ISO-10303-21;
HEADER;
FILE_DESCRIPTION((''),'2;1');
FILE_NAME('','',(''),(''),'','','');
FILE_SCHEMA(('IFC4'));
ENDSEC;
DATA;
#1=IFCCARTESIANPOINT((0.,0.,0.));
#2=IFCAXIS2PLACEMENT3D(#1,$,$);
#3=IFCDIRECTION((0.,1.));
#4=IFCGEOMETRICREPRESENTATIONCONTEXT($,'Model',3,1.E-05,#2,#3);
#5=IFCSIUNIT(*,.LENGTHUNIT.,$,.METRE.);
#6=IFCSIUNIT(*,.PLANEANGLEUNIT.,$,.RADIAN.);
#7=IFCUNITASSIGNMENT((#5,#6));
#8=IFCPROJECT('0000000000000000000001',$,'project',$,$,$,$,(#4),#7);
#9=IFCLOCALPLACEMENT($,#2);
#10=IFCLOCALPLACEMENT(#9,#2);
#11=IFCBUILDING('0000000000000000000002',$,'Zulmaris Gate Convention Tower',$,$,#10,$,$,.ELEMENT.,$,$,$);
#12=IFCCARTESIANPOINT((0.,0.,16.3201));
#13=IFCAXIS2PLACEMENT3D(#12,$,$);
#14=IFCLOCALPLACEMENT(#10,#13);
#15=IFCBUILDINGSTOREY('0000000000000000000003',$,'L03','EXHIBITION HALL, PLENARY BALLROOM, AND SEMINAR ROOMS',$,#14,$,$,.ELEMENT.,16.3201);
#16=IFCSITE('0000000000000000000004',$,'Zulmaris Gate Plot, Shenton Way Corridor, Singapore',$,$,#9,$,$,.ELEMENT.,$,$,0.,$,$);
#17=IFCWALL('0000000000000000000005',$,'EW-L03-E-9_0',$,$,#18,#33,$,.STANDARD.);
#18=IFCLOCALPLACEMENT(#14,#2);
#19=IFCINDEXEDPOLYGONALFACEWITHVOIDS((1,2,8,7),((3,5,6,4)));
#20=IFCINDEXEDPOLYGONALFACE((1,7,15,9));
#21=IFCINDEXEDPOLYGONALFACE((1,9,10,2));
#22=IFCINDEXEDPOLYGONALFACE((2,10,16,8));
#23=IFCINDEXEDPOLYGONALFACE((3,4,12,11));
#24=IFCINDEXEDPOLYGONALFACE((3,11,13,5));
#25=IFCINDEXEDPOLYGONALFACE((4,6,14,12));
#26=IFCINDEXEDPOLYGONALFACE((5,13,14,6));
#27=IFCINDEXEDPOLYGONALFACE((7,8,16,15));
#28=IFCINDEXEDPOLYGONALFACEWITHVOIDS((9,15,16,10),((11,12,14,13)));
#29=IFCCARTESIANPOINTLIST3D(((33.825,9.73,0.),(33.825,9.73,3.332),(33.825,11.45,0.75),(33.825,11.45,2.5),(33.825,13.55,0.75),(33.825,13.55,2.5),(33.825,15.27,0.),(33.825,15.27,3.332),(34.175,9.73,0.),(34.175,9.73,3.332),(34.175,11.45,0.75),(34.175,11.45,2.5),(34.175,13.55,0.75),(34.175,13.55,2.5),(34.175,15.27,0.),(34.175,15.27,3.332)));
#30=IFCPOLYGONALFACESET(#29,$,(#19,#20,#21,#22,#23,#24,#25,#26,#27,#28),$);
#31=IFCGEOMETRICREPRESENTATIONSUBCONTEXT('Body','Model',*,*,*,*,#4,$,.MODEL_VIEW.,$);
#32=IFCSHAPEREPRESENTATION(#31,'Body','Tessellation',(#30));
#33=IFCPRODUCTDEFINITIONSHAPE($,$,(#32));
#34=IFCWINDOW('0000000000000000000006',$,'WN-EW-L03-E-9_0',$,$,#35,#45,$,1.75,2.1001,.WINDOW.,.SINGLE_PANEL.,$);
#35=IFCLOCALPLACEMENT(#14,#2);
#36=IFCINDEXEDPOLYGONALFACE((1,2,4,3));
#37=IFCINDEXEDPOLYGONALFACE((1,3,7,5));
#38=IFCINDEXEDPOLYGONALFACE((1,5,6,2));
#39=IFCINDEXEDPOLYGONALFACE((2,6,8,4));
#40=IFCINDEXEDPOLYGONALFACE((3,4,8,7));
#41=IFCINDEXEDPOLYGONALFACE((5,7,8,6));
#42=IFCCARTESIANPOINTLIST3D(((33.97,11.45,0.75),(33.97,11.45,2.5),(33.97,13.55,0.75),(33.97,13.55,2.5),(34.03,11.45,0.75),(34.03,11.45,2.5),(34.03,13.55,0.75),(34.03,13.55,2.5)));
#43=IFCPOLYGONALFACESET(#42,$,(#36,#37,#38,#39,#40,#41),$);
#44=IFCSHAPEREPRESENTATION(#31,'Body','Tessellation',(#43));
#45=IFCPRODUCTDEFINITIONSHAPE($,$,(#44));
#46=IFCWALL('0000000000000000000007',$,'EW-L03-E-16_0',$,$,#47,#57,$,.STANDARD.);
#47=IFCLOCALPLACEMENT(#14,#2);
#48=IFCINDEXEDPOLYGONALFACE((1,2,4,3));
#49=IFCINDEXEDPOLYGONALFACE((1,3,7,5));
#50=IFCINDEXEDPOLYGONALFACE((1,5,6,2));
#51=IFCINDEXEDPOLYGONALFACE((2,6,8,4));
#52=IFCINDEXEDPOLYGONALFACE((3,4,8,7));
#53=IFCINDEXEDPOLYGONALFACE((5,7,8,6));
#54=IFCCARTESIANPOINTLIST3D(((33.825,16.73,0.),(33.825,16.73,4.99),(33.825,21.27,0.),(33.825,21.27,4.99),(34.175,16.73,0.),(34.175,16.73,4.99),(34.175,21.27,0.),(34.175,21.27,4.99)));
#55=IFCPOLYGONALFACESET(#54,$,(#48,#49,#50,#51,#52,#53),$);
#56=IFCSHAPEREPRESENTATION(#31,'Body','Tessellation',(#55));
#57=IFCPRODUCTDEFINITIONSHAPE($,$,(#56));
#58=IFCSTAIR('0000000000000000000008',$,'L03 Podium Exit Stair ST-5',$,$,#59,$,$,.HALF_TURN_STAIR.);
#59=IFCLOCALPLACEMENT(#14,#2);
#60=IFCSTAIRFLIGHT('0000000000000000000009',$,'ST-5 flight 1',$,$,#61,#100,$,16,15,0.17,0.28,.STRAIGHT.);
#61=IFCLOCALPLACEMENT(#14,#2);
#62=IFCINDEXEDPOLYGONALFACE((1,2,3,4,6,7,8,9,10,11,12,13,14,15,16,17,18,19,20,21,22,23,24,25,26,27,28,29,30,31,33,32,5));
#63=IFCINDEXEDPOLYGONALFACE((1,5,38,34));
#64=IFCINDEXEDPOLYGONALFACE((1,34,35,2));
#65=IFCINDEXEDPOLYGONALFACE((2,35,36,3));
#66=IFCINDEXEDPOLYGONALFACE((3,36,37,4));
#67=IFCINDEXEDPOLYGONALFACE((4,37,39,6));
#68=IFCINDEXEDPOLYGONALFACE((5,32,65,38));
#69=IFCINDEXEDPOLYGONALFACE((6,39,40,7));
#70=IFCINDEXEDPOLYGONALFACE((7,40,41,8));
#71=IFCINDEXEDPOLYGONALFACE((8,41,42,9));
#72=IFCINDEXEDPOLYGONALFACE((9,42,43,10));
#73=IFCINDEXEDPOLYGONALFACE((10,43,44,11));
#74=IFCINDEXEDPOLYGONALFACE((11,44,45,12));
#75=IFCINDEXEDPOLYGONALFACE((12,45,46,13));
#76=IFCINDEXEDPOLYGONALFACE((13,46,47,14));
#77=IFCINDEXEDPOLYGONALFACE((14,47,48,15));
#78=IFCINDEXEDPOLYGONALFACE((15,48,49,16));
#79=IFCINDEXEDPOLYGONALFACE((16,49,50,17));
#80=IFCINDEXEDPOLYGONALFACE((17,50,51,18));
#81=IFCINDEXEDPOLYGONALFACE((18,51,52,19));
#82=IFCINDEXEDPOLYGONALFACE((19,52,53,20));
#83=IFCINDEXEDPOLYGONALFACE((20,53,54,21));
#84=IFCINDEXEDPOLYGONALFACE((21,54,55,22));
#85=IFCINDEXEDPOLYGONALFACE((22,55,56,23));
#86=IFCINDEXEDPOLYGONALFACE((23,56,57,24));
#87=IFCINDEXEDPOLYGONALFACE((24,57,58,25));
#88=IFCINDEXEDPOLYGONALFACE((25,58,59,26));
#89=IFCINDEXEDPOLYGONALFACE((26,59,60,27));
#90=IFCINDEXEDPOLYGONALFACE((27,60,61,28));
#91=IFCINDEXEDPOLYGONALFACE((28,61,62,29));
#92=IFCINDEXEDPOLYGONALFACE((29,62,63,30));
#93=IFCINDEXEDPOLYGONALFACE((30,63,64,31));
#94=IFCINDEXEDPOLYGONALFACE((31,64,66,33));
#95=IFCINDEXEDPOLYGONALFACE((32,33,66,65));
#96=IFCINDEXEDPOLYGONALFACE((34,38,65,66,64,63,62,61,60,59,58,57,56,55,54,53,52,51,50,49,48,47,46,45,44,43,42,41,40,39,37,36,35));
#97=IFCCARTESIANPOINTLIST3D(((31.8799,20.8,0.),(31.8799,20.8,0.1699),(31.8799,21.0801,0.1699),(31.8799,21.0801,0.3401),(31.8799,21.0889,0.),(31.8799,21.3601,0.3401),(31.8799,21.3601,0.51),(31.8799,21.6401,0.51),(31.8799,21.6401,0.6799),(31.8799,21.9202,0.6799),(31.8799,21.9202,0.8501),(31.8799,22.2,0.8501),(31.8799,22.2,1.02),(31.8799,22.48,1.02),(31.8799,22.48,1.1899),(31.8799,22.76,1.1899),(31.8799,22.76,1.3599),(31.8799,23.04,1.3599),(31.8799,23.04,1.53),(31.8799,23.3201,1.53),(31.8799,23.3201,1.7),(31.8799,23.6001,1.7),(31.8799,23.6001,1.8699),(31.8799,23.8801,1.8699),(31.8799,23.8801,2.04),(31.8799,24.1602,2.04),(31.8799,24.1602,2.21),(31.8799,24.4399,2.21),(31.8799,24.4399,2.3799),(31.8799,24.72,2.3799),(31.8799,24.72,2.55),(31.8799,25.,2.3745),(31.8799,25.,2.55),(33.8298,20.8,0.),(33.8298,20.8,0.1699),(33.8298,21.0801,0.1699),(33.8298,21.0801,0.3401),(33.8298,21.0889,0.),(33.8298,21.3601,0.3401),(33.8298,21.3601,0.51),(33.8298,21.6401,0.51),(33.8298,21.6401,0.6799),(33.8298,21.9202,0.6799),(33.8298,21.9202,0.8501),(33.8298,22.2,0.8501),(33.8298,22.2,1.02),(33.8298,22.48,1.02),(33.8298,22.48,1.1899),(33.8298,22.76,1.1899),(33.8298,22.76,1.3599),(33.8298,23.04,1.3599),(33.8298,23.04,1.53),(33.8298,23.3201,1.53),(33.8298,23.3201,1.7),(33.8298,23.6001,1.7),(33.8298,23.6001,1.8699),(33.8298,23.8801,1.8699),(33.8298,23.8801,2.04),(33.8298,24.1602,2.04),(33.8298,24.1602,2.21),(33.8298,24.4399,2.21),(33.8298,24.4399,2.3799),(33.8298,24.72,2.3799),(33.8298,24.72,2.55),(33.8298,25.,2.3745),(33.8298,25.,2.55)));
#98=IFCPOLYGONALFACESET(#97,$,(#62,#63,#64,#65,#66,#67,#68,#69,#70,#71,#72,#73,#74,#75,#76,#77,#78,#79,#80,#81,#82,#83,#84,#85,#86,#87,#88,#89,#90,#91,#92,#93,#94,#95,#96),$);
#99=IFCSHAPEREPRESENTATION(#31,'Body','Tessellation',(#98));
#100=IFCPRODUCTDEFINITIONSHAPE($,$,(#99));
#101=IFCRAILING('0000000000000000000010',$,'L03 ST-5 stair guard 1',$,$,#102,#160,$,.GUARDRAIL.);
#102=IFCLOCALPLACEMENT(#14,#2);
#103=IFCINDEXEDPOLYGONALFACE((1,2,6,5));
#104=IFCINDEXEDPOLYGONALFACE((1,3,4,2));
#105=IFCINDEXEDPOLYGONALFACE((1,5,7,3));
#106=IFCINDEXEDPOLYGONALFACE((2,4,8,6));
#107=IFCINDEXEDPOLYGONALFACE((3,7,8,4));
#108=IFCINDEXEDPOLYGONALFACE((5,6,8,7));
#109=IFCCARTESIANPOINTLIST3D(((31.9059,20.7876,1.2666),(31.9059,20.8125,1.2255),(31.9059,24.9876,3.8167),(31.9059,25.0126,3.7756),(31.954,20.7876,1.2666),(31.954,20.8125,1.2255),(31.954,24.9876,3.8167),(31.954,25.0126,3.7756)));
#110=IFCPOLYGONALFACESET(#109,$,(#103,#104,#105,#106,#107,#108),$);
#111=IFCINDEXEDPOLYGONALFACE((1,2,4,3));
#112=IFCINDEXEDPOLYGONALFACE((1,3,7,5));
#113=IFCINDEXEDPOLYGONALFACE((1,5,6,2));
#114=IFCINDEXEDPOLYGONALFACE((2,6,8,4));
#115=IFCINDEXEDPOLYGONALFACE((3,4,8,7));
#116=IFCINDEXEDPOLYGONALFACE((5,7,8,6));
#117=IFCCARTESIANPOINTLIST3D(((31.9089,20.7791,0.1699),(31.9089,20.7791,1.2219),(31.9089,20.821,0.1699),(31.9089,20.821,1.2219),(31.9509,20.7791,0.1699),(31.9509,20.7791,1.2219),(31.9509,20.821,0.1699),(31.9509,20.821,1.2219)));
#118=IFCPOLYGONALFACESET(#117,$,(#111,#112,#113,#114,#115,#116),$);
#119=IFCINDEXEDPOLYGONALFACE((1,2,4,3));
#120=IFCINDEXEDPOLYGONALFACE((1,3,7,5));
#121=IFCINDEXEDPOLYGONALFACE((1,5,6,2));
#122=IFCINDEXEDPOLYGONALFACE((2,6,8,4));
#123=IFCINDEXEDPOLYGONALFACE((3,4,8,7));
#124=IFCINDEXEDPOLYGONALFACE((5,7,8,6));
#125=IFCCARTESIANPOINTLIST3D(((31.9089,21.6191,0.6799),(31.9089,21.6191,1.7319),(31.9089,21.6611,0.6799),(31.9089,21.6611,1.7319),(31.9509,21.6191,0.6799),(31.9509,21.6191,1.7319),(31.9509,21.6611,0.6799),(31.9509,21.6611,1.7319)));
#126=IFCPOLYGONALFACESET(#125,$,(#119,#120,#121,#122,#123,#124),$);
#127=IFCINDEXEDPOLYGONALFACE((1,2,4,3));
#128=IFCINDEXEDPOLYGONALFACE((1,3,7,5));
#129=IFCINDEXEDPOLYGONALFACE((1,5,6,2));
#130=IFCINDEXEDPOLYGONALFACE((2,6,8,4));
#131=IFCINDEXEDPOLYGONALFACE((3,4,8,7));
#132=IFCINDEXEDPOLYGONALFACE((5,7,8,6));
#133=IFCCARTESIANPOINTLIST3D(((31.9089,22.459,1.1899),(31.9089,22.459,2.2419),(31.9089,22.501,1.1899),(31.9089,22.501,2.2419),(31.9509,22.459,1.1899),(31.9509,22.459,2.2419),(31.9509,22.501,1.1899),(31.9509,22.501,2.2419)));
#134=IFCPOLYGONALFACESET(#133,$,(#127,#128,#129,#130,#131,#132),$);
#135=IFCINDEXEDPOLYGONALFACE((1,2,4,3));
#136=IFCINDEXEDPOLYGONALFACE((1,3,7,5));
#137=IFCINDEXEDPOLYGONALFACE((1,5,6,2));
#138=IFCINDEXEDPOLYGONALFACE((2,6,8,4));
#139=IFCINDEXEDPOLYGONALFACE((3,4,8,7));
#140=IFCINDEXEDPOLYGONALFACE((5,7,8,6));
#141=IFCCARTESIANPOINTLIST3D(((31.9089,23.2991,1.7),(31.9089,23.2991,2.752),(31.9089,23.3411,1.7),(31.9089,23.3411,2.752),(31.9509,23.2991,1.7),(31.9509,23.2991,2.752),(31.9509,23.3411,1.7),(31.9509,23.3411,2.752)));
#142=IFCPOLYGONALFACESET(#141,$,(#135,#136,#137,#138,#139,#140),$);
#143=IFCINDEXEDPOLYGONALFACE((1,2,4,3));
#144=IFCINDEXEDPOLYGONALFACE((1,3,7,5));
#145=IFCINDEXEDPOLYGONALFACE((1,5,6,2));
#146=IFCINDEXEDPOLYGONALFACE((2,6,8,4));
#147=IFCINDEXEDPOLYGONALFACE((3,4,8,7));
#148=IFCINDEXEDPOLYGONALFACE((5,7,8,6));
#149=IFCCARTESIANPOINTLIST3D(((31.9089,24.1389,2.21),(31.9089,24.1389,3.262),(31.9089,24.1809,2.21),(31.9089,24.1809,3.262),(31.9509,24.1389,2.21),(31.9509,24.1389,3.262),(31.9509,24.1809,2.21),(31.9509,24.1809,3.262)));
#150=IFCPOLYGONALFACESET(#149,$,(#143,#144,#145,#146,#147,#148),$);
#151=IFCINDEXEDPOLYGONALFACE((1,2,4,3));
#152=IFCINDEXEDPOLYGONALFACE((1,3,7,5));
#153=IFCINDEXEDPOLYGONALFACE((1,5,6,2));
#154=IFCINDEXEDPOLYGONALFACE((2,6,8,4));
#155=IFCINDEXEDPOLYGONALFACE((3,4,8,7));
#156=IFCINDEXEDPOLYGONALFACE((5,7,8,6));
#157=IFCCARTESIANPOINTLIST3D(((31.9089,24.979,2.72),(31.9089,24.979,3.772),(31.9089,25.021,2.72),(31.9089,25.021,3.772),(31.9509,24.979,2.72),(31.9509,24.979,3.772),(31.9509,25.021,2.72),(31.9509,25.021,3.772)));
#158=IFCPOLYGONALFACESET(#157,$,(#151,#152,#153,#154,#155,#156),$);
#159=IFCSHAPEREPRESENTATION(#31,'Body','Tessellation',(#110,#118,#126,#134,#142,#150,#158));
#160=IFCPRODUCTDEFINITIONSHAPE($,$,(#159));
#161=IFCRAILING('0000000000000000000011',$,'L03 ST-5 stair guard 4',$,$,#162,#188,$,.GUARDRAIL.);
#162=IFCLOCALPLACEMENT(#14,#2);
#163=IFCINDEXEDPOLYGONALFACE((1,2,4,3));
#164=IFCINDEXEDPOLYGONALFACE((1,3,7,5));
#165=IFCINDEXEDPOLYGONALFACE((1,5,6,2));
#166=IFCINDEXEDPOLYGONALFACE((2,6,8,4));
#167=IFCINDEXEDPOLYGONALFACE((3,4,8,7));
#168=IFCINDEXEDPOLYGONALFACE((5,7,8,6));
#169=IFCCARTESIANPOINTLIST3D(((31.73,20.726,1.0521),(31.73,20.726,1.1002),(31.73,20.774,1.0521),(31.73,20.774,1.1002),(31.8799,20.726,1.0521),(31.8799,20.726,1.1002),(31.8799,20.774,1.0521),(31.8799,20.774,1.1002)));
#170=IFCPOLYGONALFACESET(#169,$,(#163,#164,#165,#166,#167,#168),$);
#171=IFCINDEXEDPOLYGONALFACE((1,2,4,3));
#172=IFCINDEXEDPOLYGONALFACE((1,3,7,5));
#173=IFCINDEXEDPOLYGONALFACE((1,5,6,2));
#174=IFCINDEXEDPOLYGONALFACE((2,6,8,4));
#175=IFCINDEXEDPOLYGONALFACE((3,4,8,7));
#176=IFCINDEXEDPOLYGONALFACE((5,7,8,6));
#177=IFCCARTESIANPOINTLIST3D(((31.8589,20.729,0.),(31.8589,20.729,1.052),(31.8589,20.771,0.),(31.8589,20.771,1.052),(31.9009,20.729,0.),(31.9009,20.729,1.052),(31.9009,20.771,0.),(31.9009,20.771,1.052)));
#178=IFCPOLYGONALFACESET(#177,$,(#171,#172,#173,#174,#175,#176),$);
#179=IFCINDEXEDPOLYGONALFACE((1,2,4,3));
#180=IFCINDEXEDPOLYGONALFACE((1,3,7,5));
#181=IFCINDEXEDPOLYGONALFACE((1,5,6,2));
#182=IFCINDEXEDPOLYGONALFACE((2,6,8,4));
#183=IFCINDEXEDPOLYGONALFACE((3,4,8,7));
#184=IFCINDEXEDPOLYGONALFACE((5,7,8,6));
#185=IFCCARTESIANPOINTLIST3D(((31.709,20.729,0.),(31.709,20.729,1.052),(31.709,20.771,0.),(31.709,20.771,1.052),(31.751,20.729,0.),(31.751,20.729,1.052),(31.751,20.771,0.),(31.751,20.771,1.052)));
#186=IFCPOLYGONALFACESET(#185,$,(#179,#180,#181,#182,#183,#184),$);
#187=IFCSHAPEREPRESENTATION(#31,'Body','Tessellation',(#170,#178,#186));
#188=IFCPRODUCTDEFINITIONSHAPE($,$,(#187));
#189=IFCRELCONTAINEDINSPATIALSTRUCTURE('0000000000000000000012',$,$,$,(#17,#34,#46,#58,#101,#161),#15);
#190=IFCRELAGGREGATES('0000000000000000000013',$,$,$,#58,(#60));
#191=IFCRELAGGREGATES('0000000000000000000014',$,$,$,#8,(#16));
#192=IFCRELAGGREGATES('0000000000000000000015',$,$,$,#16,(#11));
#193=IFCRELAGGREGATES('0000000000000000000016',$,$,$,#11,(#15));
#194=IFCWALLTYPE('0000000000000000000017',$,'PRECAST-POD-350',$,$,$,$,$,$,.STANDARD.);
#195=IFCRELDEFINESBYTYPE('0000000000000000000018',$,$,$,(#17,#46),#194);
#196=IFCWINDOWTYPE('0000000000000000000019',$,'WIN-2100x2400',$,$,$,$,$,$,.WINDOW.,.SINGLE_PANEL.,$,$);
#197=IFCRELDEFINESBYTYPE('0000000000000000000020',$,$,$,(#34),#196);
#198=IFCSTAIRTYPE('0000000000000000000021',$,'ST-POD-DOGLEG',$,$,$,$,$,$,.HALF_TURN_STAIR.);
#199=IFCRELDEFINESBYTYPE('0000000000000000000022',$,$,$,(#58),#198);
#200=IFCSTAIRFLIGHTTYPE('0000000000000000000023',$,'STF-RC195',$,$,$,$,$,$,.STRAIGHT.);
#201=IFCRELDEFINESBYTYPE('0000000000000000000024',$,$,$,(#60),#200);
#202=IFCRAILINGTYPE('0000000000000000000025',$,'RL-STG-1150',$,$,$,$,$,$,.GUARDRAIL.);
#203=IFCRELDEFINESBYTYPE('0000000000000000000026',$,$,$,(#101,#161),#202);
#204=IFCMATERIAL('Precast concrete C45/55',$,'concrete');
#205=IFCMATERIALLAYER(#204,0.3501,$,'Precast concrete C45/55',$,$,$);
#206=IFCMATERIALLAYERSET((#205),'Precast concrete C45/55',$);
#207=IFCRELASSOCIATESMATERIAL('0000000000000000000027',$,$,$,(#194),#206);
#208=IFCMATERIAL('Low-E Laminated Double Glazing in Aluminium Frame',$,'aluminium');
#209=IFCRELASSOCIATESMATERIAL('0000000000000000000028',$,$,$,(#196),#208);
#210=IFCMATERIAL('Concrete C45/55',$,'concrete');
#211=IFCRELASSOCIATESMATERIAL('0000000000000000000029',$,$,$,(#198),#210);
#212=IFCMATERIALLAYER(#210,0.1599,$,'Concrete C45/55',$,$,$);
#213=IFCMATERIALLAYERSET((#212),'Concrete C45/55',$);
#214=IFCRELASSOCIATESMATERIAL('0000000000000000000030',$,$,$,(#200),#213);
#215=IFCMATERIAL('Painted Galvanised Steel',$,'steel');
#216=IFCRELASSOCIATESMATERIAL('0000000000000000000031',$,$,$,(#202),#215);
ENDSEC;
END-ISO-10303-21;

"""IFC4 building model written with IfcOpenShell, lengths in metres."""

from ifc_helpers import new_model, si_unit, direction, frame, frame_2d, origin, origin_2d, place, context, subcontext, project, spatial, polyline, rectangle, outline, extrude, material, layer, layer_set, type_object, element, fill, aggregate, save


model = new_model("IFC4")

# Units and contexts
model_context = context("Model", 3, precision=1e-05, world=origin(), true_north=direction((0.0, 1.0)))
body_context = subcontext(model_context, "Body", "Model", "MODEL_VIEW")
ifc_project = project(units=[si_unit("LENGTHUNIT", "METRE"), si_unit("PLANEANGLEUNIT", "RADIAN")], contexts=[model_context])

# Site, building, storey
site_placement = place(None, origin())
site = spatial("IfcSite", under=ifc_project, at=site_placement, Name="Zulmaris Gate Plot, Shenton Way Corridor, Singapore", CompositionType="ELEMENT", RefElevation=0.0)
building_placement = place(site_placement, origin())
building = spatial("IfcBuilding", under=site, at=building_placement, Name="Zulmaris Gate Convention Tower", CompositionType="ELEMENT")
storey_placement = place(building_placement, frame((0.0, 0.0, 16.3201)))
storey = spatial("IfcBuildingStorey", under=building, at=storey_placement, Name="L03", Description="EXHIBITION HALL, PLENARY BALLROOM, AND SEMINAR ROOMS", CompositionType="ELEMENT", Elevation=16.3201)

# Shared definitions
ifc_material_1 = material(Name="Precast concrete C45/55", Category="concrete")
ifc_layer_1 = layer(ifc_material_1, 0.3501, Name="Precast concrete C45/55")
ifc_layer_set_1 = layer_set([ifc_layer_1], Name="Precast concrete C45/55")
wall_type_1 = type_object("IfcWallType", Name="PRECAST-POD-350", PredefinedType="STANDARD", material=ifc_layer_set_1)

# Wall, opening, window
wall_1_placement = place(storey_placement, frame((34.0, 15.27, 0.0), z_axis=(0.0, 0.0, 1.0), x_axis=(0.0, -1.0, 0.0)))
wall_1 = element("IfcWall", 1, at=wall_1_placement, inside=storey, type_object=wall_type_1, Name="EW-L03-E-9_0", PredefinedType="STANDARD", context=body_context, shape_type="SweptSolid", body=[
    extrude(rectangle(XDim=5.54, YDim=0.3501, at=frame_2d((2.77, 0.0))), origin(), (0.0, 0.0, 1.0), 3.332),
])
opening_1_placement = place(wall_1_placement, frame((1.72, 0.0, 0.75)))
opening_1 = element("IfcOpeningElement", 2, at=opening_1_placement, cuts=wall_1, PredefinedType="OPENING", context=body_context, shape_type="SweptSolid", body=[
    extrude(rectangle(XDim=2.1001, YDim=1.75, at=frame_2d((1.05, 0.875))), frame((0.0, 0.1851, 0.0), z_axis=(0.0, -1.0, 0.0), x_axis=(1.0, 0.0, 0.0)), (0.0, 0.0, 1.0), 0.3701),
])
ifc_material_2 = material(Name="Low-E Laminated Double Glazing in Aluminium Frame", Category="aluminium")
window_type = type_object("IfcWindowType", Name="WIN-2100x2400", PartitioningType="SINGLE_PANEL", PredefinedType="WINDOW", material=ifc_material_2)
window_placement = place(opening_1_placement, origin())
window = element("IfcWindow", 3, at=window_placement, inside=storey, type_object=window_type, Name="WN-EW-L03-E-9_0", OverallHeight=1.75, OverallWidth=2.1001, PartitioningType="SINGLE_PANEL", PredefinedType="WINDOW", context=body_context, shape_type="SweptSolid", body=[
    extrude(rectangle(XDim=2.1001, YDim=1.75, at=frame_2d((1.05, 0.875))), frame((0.0, 0.03, 0.0), z_axis=(0.0, -1.0, 0.0), x_axis=(1.0, 0.0, 0.0)), (0.0, 0.0, 1.0), 0.0601),
])
fill(opening_1, window)

# Wall
wall_2_placement = place(storey_placement, frame((34.0, 21.27, 0.0), z_axis=(0.0, 0.0, 1.0), x_axis=(0.0, -1.0, 0.0)))
element("IfcWall", 4, at=wall_2_placement, inside=storey, type_object=wall_type_1, Name="EW-L03-E-16_0", PredefinedType="STANDARD", context=body_context, shape_type="SweptSolid", body=[
    extrude(rectangle(XDim=4.54, YDim=0.3501, at=frame_2d((2.27, 0.0))), origin(), (0.0, 0.0, 1.0), 4.99),
])

# Stair, stair flight
ifc_material_3 = material(Name="Concrete C45/55", Category="concrete")
stair_type = type_object("IfcStairType", Name="ST-POD-DOGLEG", PredefinedType="HALF_TURN_STAIR", material=ifc_material_3)
stair_placement = place(storey_placement, origin())
stair = element("IfcStair", 5, at=stair_placement, inside=storey, type_object=stair_type, Name="L03 Podium Exit Stair ST-5", PredefinedType="HALF_TURN_STAIR")
ifc_layer_2 = layer(ifc_material_3, 0.1599, Name="Concrete C45/55")
ifc_layer_set_2 = layer_set([ifc_layer_2], Name="Concrete C45/55")
stair_flight_type = type_object("IfcStairFlightType", Name="STF-RC195", PredefinedType="STRAIGHT", material=ifc_layer_set_2)
stair_flight_placement = place(storey_placement, frame((32.855, 20.8, 0.0), z_axis=(0.0, 0.0, 1.0), x_axis=(0.0, 1.0, 0.0)))
stair_flight = element("IfcStairFlight", 6, at=stair_flight_placement, type_object=stair_flight_type, Name="ST-5 flight 1", NumberOfRisers=16, NumberOfTreads=15, PredefinedType="STRAIGHT", RiserHeight=0.17, TreadLength=0.28, context=body_context, shape_type="SweptSolid", body=[
    extrude(outline(polyline([(0.0, 0.0), (0.0, 0.1699), (0.28, 0.1699), (0.28, 0.3401), (0.5601, 0.3401), (0.5601, 0.51), (0.8401, 0.51), (0.8401, 0.6799), (1.1201, 0.6799), (1.1201, 0.8501), (1.3999, 0.8501), (1.3999, 1.02), (1.6799, 1.02), (1.6799, 1.1899), (1.96, 1.1899), (1.96, 1.3599), (2.24, 1.3599), (2.24, 1.53), (2.52, 1.53), (2.52, 1.7), (2.8, 1.7), (2.8, 1.8699), (3.0801, 1.8699), (3.0801, 2.04), (3.3601, 2.04), (3.3601, 2.21), (3.6399, 2.21), (3.6399, 2.3799), (3.9199, 2.3799), (3.9199, 2.55), (4.2, 2.55), (4.2, 2.72), (4.2, 2.3745), (0.2888, 0.0), (0.0, 0.0)])), frame((0.0, 0.9751, 0.0), z_axis=(0.0, -1.0, 0.0), x_axis=(1.0, 0.0, 0.0)), (0.0, 0.0, 1.0), 1.95),
])
aggregate(stair, [stair_flight])

# Railings
ifc_material_4 = material(Name="Painted Galvanised Steel", Category="steel")
railing_type_1 = type_object("IfcRailingType", Name="RL-STG-1150", PredefinedType="GUARDRAIL", material=ifc_material_4)
railing_1_placement = place(storey_placement, frame((31.9299, 20.8, 0.1699)))
element("IfcRailing", 7, at=railing_1_placement, inside=storey, type_object=railing_type_1, Name="L03 ST-5 stair guard 1", PredefinedType="GUARDRAIL", context=body_context, shape_type="SweptSolid", body=[
    extrude(rectangle(XDim=0.0481, YDim=0.0481, at=origin_2d()), frame((0.0, 0.0, 1.0762), z_axis=(0.0, 0.85478, 0.51899), x_axis=(-1.0, 0.0, 0.0)), (0.0, 0.0, 1.0), 4.9136),
    extrude(rectangle(XDim=0.042, YDim=0.042, at=origin_2d()), origin(), (0.0, 0.0, 1.0), 1.052),
    extrude(rectangle(XDim=0.042, YDim=0.042, at=origin_2d()), frame((0.0, 0.8401, 0.51)), (0.0, 0.0, 1.0), 1.052),
    extrude(rectangle(XDim=0.042, YDim=0.042, at=origin_2d()), frame((0.0, 1.6799, 1.02)), (0.0, 0.0, 1.0), 1.052),
    extrude(rectangle(XDim=0.042, YDim=0.042, at=origin_2d()), frame((0.0, 2.52, 1.53)), (0.0, 0.0, 1.0), 1.052),
    extrude(rectangle(XDim=0.042, YDim=0.042, at=origin_2d()), frame((0.0, 3.3599, 2.04)), (0.0, 0.0, 1.0), 1.052),
    extrude(rectangle(XDim=0.042, YDim=0.042, at=origin_2d()), frame((0.0, 4.2, 2.55)), (0.0, 0.0, 1.0), 1.052),
])
railing_2_placement = place(storey_placement, frame((31.8799, 20.75, 0.0)))
element("IfcRailing", 8, at=railing_2_placement, inside=storey, type_object=railing_type_1, Name="L03 ST-5 stair guard 4", PredefinedType="GUARDRAIL", context=body_context, shape_type="SweptSolid", body=[
    extrude(rectangle(XDim=0.0481, YDim=0.0481, at=origin_2d()), frame((0.0, 0.0, 1.0762), z_axis=(-1.0, 0.0, 0.0), x_axis=(0.0, -1.0, 0.0)), (0.0, 0.0, 1.0), 0.1499),
    extrude(rectangle(XDim=0.042, YDim=0.042, at=origin_2d()), origin(), (0.0, 0.0, 1.0), 1.052),
    extrude(rectangle(XDim=0.042, YDim=0.042, at=origin_2d()), frame((-0.1499, 0.0, 0.0)), (0.0, 0.0, 1.0), 1.052),
])

save(model, "model.ifc")
